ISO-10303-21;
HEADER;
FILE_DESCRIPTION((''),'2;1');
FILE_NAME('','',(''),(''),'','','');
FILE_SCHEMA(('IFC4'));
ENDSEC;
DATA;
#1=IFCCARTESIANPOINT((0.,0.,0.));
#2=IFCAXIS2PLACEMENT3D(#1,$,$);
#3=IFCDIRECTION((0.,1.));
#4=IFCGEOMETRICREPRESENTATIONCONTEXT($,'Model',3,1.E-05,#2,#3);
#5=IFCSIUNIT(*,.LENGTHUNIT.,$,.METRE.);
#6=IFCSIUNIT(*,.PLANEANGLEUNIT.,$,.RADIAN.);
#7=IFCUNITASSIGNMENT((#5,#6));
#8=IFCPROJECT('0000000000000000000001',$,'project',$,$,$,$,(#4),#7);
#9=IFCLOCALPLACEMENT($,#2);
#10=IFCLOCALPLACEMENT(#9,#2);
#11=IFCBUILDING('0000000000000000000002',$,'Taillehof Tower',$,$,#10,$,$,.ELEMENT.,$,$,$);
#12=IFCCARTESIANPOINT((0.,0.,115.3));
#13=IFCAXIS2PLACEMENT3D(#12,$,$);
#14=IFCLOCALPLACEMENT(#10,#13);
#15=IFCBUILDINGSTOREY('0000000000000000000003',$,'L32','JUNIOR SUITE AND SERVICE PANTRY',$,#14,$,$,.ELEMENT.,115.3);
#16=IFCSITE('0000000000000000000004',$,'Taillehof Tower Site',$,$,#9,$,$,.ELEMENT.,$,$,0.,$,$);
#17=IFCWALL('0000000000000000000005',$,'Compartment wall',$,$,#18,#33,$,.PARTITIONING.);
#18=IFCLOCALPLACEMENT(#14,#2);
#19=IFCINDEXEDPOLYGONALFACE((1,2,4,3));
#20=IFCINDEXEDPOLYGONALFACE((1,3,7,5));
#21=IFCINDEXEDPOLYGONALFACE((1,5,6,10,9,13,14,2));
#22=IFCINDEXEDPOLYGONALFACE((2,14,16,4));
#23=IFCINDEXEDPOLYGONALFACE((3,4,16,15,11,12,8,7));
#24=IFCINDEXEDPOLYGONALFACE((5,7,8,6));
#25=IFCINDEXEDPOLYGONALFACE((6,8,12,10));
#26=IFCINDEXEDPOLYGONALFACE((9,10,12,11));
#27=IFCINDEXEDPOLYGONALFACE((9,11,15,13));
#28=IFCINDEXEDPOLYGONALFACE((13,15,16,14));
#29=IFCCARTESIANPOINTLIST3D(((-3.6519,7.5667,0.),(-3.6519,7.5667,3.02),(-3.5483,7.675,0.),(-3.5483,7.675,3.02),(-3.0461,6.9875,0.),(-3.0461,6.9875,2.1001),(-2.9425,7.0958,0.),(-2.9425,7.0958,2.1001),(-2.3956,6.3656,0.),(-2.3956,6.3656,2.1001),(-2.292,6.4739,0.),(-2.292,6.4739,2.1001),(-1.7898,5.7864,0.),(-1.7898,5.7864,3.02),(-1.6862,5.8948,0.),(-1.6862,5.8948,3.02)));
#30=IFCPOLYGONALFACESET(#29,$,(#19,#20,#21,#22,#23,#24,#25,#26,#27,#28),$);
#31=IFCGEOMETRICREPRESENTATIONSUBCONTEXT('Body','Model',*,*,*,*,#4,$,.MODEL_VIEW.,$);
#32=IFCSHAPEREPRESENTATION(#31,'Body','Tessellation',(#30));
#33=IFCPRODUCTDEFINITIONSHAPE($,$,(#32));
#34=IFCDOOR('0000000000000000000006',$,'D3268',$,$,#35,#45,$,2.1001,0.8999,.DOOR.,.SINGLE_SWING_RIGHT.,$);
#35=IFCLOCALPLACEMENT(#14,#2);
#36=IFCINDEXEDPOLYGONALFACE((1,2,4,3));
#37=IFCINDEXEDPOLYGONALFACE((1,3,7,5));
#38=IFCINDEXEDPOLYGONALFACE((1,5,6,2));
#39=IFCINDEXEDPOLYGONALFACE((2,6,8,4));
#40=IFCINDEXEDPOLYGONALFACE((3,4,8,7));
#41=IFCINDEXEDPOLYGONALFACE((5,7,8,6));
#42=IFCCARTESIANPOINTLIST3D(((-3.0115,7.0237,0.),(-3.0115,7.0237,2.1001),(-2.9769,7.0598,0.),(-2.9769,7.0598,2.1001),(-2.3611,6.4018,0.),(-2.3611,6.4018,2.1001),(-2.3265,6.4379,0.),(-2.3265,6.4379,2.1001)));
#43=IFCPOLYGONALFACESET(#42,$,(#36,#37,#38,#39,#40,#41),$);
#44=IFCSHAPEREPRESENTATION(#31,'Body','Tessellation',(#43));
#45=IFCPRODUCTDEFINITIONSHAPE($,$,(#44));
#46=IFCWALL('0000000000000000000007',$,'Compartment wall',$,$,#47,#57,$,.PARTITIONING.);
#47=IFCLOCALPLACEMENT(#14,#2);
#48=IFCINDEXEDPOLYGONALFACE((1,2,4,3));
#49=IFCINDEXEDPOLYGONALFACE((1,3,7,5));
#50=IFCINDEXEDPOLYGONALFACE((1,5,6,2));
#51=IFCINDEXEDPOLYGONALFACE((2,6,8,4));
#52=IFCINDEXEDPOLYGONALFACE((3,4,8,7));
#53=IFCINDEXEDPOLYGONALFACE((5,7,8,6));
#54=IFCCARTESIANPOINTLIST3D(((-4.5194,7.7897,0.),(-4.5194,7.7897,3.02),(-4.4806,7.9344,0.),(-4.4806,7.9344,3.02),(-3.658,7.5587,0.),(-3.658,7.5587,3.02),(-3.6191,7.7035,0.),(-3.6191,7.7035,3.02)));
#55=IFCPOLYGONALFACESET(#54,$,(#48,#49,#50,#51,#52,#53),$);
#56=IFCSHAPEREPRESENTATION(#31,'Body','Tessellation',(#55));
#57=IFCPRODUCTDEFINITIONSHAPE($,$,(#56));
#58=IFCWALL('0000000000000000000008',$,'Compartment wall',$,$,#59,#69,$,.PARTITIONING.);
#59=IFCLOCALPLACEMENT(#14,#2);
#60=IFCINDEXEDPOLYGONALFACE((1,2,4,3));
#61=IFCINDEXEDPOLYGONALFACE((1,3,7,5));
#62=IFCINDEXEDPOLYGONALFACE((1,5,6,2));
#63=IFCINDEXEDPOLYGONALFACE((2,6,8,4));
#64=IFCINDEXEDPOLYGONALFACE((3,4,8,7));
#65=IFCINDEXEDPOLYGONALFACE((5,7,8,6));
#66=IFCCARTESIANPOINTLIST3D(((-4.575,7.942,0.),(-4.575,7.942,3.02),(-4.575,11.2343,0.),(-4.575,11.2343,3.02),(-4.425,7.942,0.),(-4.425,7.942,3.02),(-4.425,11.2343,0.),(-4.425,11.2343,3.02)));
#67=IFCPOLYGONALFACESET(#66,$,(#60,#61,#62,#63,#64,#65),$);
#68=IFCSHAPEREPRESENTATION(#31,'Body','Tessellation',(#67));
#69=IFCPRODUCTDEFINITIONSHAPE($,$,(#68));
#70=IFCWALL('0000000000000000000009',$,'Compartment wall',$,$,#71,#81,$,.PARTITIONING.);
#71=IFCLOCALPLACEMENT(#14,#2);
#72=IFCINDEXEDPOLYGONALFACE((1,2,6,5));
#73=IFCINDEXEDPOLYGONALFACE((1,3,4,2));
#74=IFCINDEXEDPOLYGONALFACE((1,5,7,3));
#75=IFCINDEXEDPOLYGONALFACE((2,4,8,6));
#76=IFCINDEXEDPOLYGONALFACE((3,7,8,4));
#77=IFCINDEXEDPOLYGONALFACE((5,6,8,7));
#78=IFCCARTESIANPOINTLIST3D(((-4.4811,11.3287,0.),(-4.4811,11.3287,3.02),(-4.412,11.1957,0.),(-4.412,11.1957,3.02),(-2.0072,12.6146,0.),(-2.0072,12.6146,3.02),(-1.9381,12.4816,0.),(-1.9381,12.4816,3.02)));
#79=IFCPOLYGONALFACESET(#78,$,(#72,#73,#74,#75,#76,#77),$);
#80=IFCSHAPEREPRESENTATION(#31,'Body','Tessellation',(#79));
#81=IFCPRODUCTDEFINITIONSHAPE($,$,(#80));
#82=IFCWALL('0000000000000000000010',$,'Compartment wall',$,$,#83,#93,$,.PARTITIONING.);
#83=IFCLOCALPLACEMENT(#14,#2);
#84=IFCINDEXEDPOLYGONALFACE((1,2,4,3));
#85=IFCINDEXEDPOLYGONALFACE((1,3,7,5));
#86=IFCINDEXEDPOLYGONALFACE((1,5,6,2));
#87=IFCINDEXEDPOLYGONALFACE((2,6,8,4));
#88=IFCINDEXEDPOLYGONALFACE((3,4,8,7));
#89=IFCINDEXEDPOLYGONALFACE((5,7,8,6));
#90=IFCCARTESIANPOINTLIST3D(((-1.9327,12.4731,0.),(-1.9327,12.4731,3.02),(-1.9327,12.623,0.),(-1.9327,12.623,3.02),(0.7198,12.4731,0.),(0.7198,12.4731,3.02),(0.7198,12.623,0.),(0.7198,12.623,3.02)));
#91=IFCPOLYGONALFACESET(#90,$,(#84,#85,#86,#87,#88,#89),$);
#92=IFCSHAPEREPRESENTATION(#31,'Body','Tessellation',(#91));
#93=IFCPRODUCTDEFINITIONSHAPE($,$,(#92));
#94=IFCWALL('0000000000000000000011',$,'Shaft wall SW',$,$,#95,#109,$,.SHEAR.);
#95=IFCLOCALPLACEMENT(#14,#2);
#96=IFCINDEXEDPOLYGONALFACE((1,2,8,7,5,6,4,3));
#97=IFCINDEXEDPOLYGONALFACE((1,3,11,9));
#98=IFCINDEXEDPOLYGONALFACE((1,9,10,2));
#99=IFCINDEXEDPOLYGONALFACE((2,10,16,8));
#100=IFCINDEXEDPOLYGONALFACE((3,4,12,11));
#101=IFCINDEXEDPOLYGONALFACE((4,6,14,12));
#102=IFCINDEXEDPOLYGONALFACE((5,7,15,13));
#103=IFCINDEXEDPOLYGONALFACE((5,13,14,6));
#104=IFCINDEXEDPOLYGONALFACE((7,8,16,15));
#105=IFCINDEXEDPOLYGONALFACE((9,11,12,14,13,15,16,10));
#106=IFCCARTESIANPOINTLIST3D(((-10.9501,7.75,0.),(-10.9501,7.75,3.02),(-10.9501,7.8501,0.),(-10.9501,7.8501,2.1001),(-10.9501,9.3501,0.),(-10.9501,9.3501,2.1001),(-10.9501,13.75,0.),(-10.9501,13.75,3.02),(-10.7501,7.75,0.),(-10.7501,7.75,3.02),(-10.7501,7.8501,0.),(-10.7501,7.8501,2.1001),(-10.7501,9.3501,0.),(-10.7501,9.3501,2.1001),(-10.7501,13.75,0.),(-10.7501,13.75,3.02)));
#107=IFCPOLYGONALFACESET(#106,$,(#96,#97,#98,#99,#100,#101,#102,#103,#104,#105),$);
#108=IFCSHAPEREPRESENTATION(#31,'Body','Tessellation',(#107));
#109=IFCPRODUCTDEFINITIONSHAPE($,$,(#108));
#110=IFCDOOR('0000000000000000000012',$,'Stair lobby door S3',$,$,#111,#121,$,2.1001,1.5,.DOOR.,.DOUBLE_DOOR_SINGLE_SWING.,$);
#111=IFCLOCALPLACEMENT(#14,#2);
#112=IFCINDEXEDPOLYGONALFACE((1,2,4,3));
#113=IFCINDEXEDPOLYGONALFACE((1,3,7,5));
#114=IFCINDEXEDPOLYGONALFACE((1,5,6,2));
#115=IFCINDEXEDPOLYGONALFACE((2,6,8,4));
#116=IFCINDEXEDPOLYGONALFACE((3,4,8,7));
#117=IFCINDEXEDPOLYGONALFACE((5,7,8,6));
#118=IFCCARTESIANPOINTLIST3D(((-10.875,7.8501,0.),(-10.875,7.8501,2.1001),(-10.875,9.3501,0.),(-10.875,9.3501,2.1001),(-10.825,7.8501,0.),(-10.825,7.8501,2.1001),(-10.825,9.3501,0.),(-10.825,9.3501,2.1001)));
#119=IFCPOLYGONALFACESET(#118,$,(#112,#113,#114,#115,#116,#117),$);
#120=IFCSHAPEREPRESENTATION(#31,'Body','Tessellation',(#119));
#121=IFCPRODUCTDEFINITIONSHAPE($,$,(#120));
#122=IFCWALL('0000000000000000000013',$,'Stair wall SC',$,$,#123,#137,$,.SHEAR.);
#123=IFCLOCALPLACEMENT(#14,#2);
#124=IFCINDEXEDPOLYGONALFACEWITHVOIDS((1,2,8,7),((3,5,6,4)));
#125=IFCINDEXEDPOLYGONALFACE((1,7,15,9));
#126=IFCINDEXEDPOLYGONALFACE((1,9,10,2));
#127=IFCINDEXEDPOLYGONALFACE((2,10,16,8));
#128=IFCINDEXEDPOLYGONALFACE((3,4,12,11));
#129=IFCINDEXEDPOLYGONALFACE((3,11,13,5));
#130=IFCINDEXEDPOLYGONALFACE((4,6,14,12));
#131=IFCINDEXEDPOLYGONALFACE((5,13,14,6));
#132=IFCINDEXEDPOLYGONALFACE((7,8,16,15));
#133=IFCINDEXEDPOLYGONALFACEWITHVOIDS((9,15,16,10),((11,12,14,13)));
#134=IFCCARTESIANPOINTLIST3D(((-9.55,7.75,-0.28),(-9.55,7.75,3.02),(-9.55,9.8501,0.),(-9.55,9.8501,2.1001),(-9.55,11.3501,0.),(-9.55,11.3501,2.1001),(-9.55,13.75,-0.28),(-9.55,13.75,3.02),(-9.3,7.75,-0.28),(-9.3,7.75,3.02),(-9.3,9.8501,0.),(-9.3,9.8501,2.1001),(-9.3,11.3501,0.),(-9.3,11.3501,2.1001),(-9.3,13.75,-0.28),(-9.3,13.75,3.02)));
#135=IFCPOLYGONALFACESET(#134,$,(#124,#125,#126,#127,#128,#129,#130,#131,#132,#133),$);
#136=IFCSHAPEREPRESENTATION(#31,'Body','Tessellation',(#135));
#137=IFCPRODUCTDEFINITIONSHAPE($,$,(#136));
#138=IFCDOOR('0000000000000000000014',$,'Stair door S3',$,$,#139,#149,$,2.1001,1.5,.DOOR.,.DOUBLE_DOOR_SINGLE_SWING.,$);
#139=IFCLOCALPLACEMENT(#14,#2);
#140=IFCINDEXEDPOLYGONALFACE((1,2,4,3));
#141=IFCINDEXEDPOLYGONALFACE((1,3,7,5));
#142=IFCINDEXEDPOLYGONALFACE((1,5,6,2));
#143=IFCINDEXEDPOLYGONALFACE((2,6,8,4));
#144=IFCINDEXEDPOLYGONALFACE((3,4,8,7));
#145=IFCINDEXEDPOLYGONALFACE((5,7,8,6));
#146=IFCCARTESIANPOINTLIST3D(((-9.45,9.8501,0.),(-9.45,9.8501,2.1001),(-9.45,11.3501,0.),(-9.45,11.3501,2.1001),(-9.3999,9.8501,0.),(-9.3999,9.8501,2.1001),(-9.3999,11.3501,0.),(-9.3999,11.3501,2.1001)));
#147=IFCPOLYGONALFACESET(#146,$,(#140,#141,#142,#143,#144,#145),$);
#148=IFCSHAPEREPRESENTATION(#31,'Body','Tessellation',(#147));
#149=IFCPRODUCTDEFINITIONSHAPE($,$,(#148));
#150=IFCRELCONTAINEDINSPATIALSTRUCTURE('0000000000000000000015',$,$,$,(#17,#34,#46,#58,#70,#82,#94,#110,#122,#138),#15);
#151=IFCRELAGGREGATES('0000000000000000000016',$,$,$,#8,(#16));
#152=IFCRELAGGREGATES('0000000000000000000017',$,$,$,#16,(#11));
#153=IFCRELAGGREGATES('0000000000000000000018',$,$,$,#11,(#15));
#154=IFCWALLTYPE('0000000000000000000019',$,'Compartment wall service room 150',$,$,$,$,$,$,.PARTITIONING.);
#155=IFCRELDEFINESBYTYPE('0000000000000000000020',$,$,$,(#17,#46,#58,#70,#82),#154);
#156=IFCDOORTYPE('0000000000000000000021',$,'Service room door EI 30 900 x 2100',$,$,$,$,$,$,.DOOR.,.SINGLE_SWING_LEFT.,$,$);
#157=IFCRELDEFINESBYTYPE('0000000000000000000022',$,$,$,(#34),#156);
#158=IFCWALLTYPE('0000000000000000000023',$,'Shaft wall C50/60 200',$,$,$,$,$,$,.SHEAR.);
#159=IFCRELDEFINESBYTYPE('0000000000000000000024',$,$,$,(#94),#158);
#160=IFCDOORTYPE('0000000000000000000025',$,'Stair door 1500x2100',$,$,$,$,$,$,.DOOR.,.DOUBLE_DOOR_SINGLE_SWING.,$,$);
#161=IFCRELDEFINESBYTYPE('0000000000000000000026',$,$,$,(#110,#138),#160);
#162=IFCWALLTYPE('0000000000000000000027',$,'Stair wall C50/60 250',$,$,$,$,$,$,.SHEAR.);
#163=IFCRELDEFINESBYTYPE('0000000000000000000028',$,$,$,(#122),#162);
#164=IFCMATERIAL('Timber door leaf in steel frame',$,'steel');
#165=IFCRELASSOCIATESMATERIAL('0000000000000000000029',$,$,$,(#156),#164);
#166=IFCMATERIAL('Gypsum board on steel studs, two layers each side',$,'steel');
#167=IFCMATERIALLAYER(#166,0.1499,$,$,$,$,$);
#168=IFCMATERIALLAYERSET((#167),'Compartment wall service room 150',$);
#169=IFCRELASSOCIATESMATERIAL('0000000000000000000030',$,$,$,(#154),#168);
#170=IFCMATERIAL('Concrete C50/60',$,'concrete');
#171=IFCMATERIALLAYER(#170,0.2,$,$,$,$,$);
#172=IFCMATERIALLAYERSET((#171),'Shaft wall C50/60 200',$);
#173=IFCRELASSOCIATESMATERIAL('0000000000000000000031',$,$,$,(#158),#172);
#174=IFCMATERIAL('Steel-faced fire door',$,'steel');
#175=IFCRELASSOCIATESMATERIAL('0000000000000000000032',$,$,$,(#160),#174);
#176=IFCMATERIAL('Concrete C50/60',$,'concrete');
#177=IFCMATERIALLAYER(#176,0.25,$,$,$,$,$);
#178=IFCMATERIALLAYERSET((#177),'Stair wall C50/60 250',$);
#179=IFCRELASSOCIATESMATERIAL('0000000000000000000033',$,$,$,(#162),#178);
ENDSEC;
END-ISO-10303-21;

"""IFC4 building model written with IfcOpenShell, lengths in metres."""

from ifc_helpers import new_model, si_unit, direction, frame, frame_2d, origin, place, context, subcontext, project, spatial, rectangle, extrude, material, layer, layer_set, type_object, element, fill, save


model = new_model("IFC4")

# Units and contexts
model_context = context("Model", 3, precision=1e-05, world=origin(), true_north=direction((0.0, 1.0)))
body_context = subcontext(model_context, "Body", "Model", "MODEL_VIEW")
ifc_project = project(units=[si_unit("LENGTHUNIT", "METRE"), si_unit("PLANEANGLEUNIT", "RADIAN")], contexts=[model_context])

# Site, building, storey
site_placement = place(None, origin())
site = spatial("IfcSite", under=ifc_project, at=site_placement, Name="Taillehof Tower Site", CompositionType="ELEMENT", RefElevation=0.0)
building_placement = place(site_placement, origin())
building = spatial("IfcBuilding", under=site, at=building_placement, Name="Taillehof Tower", CompositionType="ELEMENT")
storey_placement = place(building_placement, frame((0.0, 0.0, 115.3)))
storey = spatial("IfcBuildingStorey", under=building, at=storey_placement, Name="L32", Description="JUNIOR SUITE AND SERVICE PANTRY", CompositionType="ELEMENT", Elevation=115.3)

# Shared definitions
ifc_material_1 = material(Name="Timber door leaf in steel frame", Category="steel")
door_type_1 = type_object("IfcDoorType", Name="Service room door EI 30 900 x 2100", OperationType="SINGLE_SWING_LEFT", PredefinedType="DOOR", material=ifc_material_1)

# Shared definitions
ifc_material_2 = material(Name="Gypsum board on steel studs, two layers each side", Category="steel")
ifc_layer_1 = layer(ifc_material_2, 0.1499)
ifc_layer_set_1 = layer_set([ifc_layer_1], Name="Compartment wall service room 150")
wall_type_1 = type_object("IfcWallType", Name="Compartment wall service room 150", PredefinedType="PARTITIONING", material=ifc_layer_set_1)

# Wall, opening, door
wall_1_placement = place(storey_placement, frame((-1.738, 5.8406, 0.0), z_axis=(0.0, 0.0, 1.0), x_axis=(-0.722802, 0.691055, 0.0)))
wall_1 = element("IfcWall", 1, at=wall_1_placement, inside=storey, type_object=wall_type_1, Name="Compartment wall", PredefinedType="PARTITIONING", context=body_context, shape_type="SweptSolid", body=[
    extrude(rectangle(XDim=2.5762, YDim=0.1499, at=frame_2d((1.2881, 0.0))), origin(), (0.0, 0.0, 1.0), 3.02),
])
opening_1_placement = place(wall_1_placement, frame((0.8381, 0.0, 0.0)))
opening_1 = element("IfcOpeningElement", 2, at=opening_1_placement, cuts=wall_1, PredefinedType="OPENING", context=body_context, shape_type="SweptSolid", body=[
    extrude(rectangle(XDim=0.8999, YDim=2.1001, at=frame_2d((0.45, 1.05))), frame((0.0, 0.085, 0.0), z_axis=(0.0, -1.0, 0.0), x_axis=(1.0, 0.0, 0.0)), (0.0, 0.0, 1.0), 0.1699),
])
door_1_placement = place(opening_1_placement, origin())
door_1 = element("IfcDoor", 3, at=door_1_placement, inside=storey, type_object=door_type_1, Name="D3268", OperationType="SINGLE_SWING_RIGHT", OverallHeight=2.1001, OverallWidth=0.8999, PredefinedType="DOOR", context=body_context, shape_type="SweptSolid", body=[
    extrude(rectangle(XDim=0.8999, YDim=2.1001, at=frame_2d((0.45, 1.05))), frame((0.0, 0.0249, 0.0), z_axis=(0.0, -1.0, 0.0), x_axis=(1.0, 0.0, 0.0)), (0.0, 0.0, 1.0), 0.05),
])
fill(opening_1, door_1)

# Walls
wall_2_placement = place(storey_placement, frame((-3.6387, 7.6311, 0.0), z_axis=(0.0, 0.0, 1.0), x_axis=(-0.96588, 0.258992, 0.0)))
element("IfcWall", 4, at=wall_2_placement, inside=storey, type_object=wall_type_1, Name="Compartment wall", PredefinedType="PARTITIONING", context=body_context, shape_type="SweptSolid", body=[
    extrude(rectangle(XDim=0.8918, YDim=0.1499, at=frame_2d((0.4458, 0.0))), origin(), (0.0, 0.0, 1.0), 3.02),
])
wall_3_placement = place(storey_placement, frame((-4.5, 7.9421, 0.0), z_axis=(0.0, 0.0, 1.0), x_axis=(0.0, 1.0, 0.0)))
element("IfcWall", 5, at=wall_3_placement, inside=storey, type_object=wall_type_1, Name="Compartment wall", PredefinedType="PARTITIONING", context=body_context, shape_type="SweptSolid", body=[
    extrude(rectangle(XDim=3.2922, YDim=0.1499, at=frame_2d((1.646, 0.0))), origin(), (0.0, 0.0, 1.0), 3.02),
])
wall_4_placement = place(storey_placement, frame((-4.4465, 11.2622, 0.0), z_axis=(0.0, 0.0, 1.0), x_axis=(0.887294, 0.461204, 0.0)))
element("IfcWall", 6, at=wall_4_placement, inside=storey, type_object=wall_type_1, Name="Compartment wall", PredefinedType="PARTITIONING", context=body_context, shape_type="SweptSolid", body=[
    extrude(rectangle(XDim=2.7881, YDim=0.1499, at=frame_2d((1.394, 0.0))), origin(), (0.0, 0.0, 1.0), 3.02),
])
wall_5_placement = place(storey_placement, frame((-1.9326, 12.5481, 0.0), z_axis=(0.0, 0.0, 1.0), x_axis=(1.0, 0.0, 0.0)))
element("IfcWall", 7, at=wall_5_placement, inside=storey, type_object=wall_type_1, Name="Compartment wall", PredefinedType="PARTITIONING", context=body_context, shape_type="SweptSolid", body=[
    extrude(rectangle(XDim=2.6526, YDim=0.1499, at=frame_2d((1.3262, 0.0))), origin(), (0.0, 0.0, 1.0), 3.02),
])

# Walls, openings, doors
ifc_material_3 = material(Name="Concrete C50/60", Category="concrete")
ifc_layer_2 = layer(ifc_material_3, 0.2)
ifc_layer_set_2 = layer_set([ifc_layer_2], Name="Shaft wall C50/60 200")
wall_type_2 = type_object("IfcWallType", Name="Shaft wall C50/60 200", PredefinedType="SHEAR", material=ifc_layer_set_2)
wall_6_placement = place(storey_placement, frame((-10.8501, 7.75, 0.0), z_axis=(0.0, 0.0, 1.0), x_axis=(0.0, 1.0, 0.0)))
wall_6 = element("IfcWall", 8, at=wall_6_placement, inside=storey, type_object=wall_type_2, Name="Shaft wall SW", PredefinedType="SHEAR", context=body_context, shape_type="SweptSolid", body=[
    extrude(rectangle(XDim=6.0, YDim=0.2, at=frame_2d((3.0, 0.0))), origin(), (0.0, 0.0, 1.0), 3.02),
])
opening_2_placement = place(wall_6_placement, frame((0.1001, 0.0, 0.0)))
opening_2 = element("IfcOpeningElement", 9, at=opening_2_placement, cuts=wall_6, PredefinedType="OPENING", context=body_context, shape_type="SweptSolid", body=[
    extrude(rectangle(XDim=1.5, YDim=2.1001, at=frame_2d((0.75, 1.05))), frame((0.0, 0.1099, 0.0), z_axis=(0.0, -1.0, 0.0), x_axis=(1.0, 0.0, 0.0)), (0.0, 0.0, 1.0), 0.22),
])
ifc_material_4 = material(Name="Steel-faced fire door", Category="steel")
door_type_2 = type_object("IfcDoorType", Name="Stair door 1500x2100", OperationType="DOUBLE_DOOR_SINGLE_SWING", PredefinedType="DOOR", material=ifc_material_4)
door_2_placement = place(opening_2_placement, origin())
door_2 = element("IfcDoor", 10, at=door_2_placement, inside=storey, type_object=door_type_2, Name="Stair lobby door S3", OperationType="DOUBLE_DOOR_SINGLE_SWING", OverallHeight=2.1001, OverallWidth=1.5, PredefinedType="DOOR", context=body_context, shape_type="SweptSolid", body=[
    extrude(rectangle(XDim=1.5, YDim=2.1001, at=frame_2d((0.75, 1.05))), frame((0.0, 0.0249, 0.0), z_axis=(0.0, -1.0, 0.0), x_axis=(1.0, 0.0, 0.0)), (0.0, 0.0, 1.0), 0.05),
])
fill(opening_2, door_2)
ifc_material_5 = material(Name="Concrete C50/60", Category="concrete")
ifc_layer_3 = layer(ifc_material_5, 0.25)
ifc_layer_set_3 = layer_set([ifc_layer_3], Name="Stair wall C50/60 250")
wall_type_3 = type_object("IfcWallType", Name="Stair wall C50/60 250", PredefinedType="SHEAR", material=ifc_layer_set_3)
wall_7_placement = place(storey_placement, frame((-9.425, 7.75, -0.28), z_axis=(0.0, 0.0, 1.0), x_axis=(0.0, 1.0, 0.0)))
wall_7 = element("IfcWall", 11, at=wall_7_placement, inside=storey, type_object=wall_type_3, Name="Stair wall SC", PredefinedType="SHEAR", context=body_context, shape_type="SweptSolid", body=[
    extrude(rectangle(XDim=6.0, YDim=0.25, at=frame_2d((3.0, 0.0))), origin(), (0.0, 0.0, 1.0), 3.3),
])
opening_3_placement = place(wall_7_placement, frame((2.1001, 0.0, 0.28)))
opening_3 = element("IfcOpeningElement", 12, at=opening_3_placement, cuts=wall_7, PredefinedType="OPENING", context=body_context, shape_type="SweptSolid", body=[
    extrude(rectangle(XDim=1.5, YDim=2.1001, at=frame_2d((0.75, 1.05))), frame((0.0, 0.135, 0.0), z_axis=(0.0, -1.0, 0.0), x_axis=(1.0, 0.0, 0.0)), (0.0, 0.0, 1.0), 0.27),
])
door_3_placement = place(opening_3_placement, origin())
door_3 = element("IfcDoor", 13, at=door_3_placement, inside=storey, type_object=door_type_2, Name="Stair door S3", OperationType="DOUBLE_DOOR_SINGLE_SWING", OverallHeight=2.1001, OverallWidth=1.5, PredefinedType="DOOR", context=body_context, shape_type="SweptSolid", body=[
    extrude(rectangle(XDim=1.5, YDim=2.1001, at=frame_2d((0.75, 1.05))), frame((0.0, 0.0249, 0.0), z_axis=(0.0, -1.0, 0.0), x_axis=(1.0, 0.0, 0.0)), (0.0, 0.0, 1.0), 0.05),
])
fill(opening_3, door_3)

save(model, "model.ifc")
